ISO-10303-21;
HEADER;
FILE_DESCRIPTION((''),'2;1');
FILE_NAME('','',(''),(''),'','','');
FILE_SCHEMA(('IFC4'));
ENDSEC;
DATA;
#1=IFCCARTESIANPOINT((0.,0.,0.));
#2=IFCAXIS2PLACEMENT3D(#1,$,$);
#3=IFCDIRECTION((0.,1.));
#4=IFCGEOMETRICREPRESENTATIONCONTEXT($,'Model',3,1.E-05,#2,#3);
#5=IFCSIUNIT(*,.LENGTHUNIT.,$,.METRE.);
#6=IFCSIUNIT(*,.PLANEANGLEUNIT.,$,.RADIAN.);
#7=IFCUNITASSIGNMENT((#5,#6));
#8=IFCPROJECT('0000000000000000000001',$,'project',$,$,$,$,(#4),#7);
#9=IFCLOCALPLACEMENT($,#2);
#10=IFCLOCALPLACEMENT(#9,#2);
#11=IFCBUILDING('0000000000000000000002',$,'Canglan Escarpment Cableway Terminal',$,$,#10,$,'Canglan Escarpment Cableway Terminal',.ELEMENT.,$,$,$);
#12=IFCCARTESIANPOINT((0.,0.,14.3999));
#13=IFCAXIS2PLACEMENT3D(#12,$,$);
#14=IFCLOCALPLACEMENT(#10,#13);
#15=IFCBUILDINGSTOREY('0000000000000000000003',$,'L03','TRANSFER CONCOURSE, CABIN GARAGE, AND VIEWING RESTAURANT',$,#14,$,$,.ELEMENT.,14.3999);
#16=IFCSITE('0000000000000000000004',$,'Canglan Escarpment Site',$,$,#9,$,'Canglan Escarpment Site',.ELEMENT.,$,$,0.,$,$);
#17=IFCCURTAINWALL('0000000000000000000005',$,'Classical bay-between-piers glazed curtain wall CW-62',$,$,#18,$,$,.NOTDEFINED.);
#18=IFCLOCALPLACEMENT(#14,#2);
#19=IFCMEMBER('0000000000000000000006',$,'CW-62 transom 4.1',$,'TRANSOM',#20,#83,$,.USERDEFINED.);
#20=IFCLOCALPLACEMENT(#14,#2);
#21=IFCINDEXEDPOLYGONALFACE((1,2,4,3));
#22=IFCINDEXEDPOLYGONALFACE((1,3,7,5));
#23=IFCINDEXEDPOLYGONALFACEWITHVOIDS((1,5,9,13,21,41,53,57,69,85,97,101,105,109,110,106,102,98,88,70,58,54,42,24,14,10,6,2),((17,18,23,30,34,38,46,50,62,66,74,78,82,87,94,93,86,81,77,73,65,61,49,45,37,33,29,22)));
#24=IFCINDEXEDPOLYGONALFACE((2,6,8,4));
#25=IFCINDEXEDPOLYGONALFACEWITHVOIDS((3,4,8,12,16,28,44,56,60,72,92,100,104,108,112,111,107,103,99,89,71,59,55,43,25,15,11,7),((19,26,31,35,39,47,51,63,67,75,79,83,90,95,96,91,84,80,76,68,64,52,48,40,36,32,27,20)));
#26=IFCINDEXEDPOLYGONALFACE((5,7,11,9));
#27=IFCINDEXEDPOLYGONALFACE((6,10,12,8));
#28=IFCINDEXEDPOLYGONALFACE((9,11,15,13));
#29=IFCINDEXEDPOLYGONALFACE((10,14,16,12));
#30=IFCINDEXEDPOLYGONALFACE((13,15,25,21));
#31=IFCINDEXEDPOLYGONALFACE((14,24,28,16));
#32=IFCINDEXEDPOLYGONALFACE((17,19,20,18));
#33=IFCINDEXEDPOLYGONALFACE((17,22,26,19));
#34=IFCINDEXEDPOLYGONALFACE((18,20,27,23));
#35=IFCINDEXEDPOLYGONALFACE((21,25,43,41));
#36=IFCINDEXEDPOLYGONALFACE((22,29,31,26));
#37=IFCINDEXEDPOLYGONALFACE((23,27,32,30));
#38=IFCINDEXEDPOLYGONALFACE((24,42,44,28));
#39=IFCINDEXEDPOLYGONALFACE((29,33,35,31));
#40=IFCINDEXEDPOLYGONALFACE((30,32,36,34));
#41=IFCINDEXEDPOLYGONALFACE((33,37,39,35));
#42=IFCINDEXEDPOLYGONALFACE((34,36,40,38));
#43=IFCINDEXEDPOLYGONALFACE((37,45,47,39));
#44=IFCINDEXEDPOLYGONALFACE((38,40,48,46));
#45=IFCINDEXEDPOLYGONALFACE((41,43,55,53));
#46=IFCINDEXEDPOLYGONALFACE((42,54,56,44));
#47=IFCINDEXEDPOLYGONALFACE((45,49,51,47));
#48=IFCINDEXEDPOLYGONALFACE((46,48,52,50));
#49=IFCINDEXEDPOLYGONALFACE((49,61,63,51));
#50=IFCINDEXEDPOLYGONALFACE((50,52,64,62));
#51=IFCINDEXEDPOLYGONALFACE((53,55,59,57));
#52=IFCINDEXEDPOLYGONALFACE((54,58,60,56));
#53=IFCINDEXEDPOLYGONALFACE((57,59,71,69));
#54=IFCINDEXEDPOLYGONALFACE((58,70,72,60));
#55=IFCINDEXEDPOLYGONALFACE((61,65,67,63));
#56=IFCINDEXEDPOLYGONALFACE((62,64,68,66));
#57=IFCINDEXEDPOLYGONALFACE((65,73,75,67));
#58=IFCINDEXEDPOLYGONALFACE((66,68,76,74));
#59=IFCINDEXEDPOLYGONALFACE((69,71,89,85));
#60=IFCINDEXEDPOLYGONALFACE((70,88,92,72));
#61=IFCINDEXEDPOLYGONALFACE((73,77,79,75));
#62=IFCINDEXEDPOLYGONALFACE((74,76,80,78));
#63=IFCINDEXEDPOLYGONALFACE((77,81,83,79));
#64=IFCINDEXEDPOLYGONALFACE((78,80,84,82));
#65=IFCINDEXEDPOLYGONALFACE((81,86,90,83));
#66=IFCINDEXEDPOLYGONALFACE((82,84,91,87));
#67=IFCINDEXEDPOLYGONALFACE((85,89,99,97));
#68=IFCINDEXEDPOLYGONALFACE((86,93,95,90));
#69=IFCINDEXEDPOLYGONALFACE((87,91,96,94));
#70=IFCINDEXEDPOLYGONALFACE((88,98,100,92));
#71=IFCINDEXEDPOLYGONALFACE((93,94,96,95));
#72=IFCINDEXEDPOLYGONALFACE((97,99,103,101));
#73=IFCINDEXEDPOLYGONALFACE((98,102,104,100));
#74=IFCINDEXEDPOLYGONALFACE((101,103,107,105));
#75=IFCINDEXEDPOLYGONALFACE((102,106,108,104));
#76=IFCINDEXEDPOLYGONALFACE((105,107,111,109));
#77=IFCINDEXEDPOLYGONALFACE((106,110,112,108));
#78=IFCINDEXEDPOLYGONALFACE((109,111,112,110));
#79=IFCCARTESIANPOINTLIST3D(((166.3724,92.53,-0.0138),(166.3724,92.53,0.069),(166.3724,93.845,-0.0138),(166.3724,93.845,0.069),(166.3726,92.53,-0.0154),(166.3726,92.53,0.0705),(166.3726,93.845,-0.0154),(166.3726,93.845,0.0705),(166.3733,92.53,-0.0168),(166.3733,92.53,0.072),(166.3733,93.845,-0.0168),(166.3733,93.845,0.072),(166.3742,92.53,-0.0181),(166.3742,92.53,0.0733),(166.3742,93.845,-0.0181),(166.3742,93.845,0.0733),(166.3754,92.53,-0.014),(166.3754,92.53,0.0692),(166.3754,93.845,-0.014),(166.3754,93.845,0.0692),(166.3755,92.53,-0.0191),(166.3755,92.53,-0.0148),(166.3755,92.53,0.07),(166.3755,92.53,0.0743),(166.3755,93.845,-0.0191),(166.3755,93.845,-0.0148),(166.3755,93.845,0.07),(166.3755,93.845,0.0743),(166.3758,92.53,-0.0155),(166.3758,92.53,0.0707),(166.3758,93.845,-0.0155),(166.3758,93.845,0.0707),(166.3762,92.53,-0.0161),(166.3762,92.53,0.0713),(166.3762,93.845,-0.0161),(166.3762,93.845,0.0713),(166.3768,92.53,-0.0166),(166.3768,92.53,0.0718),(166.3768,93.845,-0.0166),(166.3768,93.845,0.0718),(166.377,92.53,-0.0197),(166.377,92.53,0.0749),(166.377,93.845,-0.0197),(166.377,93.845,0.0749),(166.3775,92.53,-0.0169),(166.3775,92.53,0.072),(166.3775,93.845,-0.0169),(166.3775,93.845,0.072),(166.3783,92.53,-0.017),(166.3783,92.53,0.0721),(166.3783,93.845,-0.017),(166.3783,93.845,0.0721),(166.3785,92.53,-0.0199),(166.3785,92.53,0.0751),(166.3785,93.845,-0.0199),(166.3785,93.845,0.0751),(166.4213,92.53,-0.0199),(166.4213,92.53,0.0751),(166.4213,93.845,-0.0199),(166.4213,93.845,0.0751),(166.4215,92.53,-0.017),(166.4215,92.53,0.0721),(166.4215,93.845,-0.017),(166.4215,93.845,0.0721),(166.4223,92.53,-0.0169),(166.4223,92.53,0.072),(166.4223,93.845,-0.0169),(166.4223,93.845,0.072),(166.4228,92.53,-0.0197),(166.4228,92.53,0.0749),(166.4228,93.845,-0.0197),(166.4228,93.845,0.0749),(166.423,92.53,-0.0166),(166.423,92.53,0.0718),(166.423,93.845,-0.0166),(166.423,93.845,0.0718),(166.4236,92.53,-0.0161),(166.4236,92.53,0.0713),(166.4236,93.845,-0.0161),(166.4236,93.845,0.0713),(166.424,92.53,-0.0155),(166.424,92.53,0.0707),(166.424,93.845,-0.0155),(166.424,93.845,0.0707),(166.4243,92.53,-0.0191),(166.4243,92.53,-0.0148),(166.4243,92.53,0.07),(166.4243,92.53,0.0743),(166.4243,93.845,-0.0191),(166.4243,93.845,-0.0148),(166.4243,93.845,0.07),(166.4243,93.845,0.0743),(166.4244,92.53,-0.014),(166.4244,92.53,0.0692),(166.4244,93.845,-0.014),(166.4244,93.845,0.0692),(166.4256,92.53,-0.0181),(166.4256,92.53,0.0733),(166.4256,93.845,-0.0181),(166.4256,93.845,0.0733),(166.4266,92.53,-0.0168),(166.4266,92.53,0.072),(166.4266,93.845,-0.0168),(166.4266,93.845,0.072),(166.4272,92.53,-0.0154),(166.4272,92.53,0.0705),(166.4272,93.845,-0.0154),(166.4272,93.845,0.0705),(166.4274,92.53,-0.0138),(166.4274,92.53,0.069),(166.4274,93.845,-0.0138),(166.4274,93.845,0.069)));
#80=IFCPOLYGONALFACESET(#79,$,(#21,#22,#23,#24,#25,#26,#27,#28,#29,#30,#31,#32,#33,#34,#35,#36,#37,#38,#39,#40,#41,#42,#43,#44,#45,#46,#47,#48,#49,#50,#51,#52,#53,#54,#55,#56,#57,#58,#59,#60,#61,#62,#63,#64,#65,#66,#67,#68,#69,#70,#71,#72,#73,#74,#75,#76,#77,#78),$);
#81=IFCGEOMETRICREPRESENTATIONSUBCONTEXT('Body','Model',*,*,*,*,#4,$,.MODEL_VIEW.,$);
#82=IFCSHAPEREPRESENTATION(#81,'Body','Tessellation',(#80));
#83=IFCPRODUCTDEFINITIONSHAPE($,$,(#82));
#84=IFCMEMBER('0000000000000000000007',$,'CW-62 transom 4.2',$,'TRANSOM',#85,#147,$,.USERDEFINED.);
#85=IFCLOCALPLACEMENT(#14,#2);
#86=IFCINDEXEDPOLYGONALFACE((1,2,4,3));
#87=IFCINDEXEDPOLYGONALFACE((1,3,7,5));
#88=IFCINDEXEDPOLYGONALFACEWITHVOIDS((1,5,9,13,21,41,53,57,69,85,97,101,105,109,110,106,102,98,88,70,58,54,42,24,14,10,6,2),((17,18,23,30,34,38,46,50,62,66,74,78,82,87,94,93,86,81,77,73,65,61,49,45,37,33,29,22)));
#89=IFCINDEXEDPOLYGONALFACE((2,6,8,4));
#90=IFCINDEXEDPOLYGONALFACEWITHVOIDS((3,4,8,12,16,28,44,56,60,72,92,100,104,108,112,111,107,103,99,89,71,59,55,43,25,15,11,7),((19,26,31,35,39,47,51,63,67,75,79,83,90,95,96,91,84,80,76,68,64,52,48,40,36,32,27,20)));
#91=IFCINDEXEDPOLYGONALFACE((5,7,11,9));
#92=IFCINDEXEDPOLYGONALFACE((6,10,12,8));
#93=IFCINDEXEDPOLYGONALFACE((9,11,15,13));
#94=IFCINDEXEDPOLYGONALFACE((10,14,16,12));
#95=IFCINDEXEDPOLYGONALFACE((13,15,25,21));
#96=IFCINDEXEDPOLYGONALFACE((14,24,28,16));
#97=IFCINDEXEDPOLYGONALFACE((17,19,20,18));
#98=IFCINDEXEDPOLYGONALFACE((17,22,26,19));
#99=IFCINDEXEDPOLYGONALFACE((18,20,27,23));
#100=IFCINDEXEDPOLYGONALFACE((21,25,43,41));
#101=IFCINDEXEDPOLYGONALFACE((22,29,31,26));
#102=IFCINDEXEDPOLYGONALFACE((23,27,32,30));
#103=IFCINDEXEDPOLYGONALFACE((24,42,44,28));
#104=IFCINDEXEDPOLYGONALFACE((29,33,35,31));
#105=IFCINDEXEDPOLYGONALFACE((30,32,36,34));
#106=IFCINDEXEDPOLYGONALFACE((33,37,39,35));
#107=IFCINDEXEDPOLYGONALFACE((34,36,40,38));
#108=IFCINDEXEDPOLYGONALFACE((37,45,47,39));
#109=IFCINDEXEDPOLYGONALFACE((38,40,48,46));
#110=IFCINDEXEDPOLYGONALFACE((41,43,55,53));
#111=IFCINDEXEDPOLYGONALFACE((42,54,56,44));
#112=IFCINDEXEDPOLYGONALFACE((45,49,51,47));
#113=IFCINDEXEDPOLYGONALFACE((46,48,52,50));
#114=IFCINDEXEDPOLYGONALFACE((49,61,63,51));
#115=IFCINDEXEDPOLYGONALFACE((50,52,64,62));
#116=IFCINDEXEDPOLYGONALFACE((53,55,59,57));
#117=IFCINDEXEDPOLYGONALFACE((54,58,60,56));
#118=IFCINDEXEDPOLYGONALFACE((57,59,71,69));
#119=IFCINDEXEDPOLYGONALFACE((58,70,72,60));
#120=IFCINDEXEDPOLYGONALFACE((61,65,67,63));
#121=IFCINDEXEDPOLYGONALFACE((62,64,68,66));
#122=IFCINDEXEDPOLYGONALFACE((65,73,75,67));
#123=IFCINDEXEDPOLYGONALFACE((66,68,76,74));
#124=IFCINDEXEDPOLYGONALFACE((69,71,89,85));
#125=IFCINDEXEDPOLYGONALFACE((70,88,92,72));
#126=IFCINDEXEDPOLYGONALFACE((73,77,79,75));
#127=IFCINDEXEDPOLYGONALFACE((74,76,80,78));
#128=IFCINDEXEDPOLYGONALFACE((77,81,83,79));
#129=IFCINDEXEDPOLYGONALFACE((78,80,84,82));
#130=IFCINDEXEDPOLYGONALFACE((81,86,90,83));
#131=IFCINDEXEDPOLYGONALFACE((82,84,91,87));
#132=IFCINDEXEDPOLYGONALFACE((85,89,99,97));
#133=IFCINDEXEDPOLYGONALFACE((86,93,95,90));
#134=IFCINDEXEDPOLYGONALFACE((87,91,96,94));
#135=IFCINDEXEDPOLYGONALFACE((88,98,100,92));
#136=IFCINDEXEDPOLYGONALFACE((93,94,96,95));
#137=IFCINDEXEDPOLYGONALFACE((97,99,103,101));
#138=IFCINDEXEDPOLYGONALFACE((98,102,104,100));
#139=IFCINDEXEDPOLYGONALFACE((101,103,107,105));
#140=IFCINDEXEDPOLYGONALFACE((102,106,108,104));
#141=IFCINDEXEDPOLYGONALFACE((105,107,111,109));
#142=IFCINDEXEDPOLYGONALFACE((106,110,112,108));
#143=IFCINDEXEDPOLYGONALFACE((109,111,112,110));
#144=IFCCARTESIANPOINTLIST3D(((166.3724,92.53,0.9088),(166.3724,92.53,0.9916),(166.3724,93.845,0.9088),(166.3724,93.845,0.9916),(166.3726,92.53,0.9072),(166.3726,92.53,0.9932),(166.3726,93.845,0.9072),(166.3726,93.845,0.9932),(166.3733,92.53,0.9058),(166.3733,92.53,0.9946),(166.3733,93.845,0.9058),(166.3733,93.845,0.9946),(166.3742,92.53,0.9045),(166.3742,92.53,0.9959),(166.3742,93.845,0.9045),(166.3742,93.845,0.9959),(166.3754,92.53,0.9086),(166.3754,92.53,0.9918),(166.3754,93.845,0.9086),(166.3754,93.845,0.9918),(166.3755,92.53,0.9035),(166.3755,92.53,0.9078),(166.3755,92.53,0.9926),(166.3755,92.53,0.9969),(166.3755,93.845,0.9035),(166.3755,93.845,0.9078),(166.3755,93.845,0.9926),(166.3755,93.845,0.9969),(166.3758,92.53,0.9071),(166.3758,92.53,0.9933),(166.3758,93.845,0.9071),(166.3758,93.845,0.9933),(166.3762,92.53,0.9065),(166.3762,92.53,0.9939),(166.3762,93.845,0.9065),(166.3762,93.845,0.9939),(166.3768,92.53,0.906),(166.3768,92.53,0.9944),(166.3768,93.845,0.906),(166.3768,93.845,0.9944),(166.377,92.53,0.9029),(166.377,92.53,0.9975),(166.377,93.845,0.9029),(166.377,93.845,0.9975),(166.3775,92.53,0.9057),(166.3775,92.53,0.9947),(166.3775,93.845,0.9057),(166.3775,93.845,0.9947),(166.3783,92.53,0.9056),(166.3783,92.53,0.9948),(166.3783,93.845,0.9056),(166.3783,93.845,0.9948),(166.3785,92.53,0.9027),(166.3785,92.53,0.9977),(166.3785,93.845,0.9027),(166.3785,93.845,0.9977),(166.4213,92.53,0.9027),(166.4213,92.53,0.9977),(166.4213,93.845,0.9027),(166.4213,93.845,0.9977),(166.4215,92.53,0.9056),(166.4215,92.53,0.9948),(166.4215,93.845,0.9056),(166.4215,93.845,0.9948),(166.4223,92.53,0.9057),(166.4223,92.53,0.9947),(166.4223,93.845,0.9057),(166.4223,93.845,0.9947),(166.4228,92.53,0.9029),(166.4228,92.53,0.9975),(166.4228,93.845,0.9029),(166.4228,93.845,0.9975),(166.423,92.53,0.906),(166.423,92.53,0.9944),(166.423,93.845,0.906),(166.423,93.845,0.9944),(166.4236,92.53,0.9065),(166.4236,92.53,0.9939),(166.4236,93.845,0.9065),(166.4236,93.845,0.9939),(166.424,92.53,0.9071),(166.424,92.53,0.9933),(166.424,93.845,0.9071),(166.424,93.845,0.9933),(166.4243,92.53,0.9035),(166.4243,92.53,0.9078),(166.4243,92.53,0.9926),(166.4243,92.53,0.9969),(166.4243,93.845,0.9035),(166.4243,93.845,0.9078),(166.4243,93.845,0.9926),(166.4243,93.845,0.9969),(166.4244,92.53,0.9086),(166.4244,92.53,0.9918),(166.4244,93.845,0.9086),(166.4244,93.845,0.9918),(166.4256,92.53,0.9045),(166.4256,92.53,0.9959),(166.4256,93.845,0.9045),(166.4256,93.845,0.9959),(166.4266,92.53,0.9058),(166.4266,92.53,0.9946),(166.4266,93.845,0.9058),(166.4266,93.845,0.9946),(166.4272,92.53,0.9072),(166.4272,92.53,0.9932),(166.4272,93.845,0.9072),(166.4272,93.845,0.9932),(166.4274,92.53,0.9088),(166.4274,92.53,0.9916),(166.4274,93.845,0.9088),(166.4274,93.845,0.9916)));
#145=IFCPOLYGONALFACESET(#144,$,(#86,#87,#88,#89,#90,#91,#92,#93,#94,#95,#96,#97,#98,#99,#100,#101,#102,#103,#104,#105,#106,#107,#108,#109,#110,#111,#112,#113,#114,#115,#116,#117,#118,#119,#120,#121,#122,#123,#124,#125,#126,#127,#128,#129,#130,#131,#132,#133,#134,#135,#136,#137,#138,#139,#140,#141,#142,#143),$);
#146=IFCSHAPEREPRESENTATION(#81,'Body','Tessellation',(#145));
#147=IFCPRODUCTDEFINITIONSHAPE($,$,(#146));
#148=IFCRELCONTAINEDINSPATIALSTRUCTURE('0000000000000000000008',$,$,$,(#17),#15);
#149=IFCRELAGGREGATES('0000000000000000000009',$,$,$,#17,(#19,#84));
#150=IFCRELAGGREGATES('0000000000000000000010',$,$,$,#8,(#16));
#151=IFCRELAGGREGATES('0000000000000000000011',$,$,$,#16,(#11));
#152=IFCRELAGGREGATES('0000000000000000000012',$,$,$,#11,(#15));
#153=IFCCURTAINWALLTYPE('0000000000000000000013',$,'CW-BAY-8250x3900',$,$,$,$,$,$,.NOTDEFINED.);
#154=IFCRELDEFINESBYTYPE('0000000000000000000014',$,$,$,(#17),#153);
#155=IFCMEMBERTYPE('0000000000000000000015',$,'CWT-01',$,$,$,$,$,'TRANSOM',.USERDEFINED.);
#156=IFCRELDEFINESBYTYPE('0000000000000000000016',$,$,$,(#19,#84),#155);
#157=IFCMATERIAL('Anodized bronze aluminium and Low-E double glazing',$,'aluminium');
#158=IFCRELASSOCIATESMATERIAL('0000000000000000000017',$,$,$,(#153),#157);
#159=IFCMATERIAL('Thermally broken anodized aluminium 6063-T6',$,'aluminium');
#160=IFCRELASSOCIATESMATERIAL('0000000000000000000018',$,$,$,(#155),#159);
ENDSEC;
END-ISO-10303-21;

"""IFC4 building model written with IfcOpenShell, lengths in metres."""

from ifc_helpers import new_model, si_unit, direction, frame, origin, origin_2d, place, context, subcontext, project, spatial, hollow_rectangle, extrude, material, material_profile, profile_set, type_object, element, aggregate, save


model = new_model("IFC4")

# Units and contexts
model_context = context("Model", 3, precision=1e-05, world=origin(), true_north=direction((0.0, 1.0)))
body_context = subcontext(model_context, "Body", "Model", "MODEL_VIEW")
ifc_project = project(units=[si_unit("LENGTHUNIT", "METRE"), si_unit("PLANEANGLEUNIT", "RADIAN")], contexts=[model_context])

# Site, building, storey
site_placement = place(None, origin())
site = spatial("IfcSite", under=ifc_project, at=site_placement, Name="Canglan Escarpment Site", LongName="Canglan Escarpment Site", CompositionType="ELEMENT", RefElevation=0.0)
building_placement = place(site_placement, origin())
building = spatial("IfcBuilding", under=site, at=building_placement, Name="Canglan Escarpment Cableway Terminal", LongName="Canglan Escarpment Cableway Terminal", CompositionType="ELEMENT")
storey_placement = place(building_placement, frame((0.0, 0.0, 14.3999)))
storey = spatial("IfcBuildingStorey", under=building, at=storey_placement, Name="L03", Description="TRANSFER CONCOURSE, CABIN GARAGE, AND VIEWING RESTAURANT", CompositionType="ELEMENT", Elevation=14.3999)

# Curtain wall, members
ifc_material_1 = material(Name="Anodized bronze aluminium and Low-E double glazing", Category="aluminium")
curtain_wall_type = type_object("IfcCurtainWallType", Name="CW-BAY-8250x3900", PredefinedType="NOTDEFINED", material=ifc_material_1)
curtain_wall_placement = place(storey_placement, origin())
curtain_wall = element("IfcCurtainWall", 1, at=curtain_wall_placement, inside=storey, type_object=curtain_wall_type, Name="Classical bay-between-piers glazed curtain wall CW-62", PredefinedType="NOTDEFINED")
ifc_material_2 = material(Name="Thermally broken anodized aluminium 6063-T6", Category="aluminium")
ifc_material_profile_1 = material_profile(ifc_material_2, hollow_rectangle(XDim=0.0549, YDim=0.095, WallThickness=0.0029, InnerFilletRadius=0.0029, OuterFilletRadius=0.0061, at=origin_2d()), Name="ALU-TRAN 55x95x3")
ifc_profile_set_1 = profile_set([ifc_material_profile_1], Name="Thermally broken anodized aluminium 6063-T6")
member_type_1 = type_object("IfcMemberType", Name="CWT-01", ElementType="TRANSOM", PredefinedType="USERDEFINED", material=ifc_profile_set_1)
member_1_placement = place(storey_placement, frame((166.3999, 92.53, 0.0276), z_axis=(0.0, 1.0, 0.0), x_axis=(-1.0, 0.0, 0.0)))
member_1 = element("IfcMember", 2, at=member_1_placement, type_object=member_type_1, Name="CW-62 transom 4.1", ObjectType="TRANSOM", PredefinedType="USERDEFINED", context=body_context, shape_type="SweptSolid", body=[
    extrude(hollow_rectangle(XDim=0.0549, YDim=0.095, WallThickness=0.0029, InnerFilletRadius=0.0029, OuterFilletRadius=0.0061, at=origin_2d()), origin(), (0.0, 0.0, 1.0), 1.3149),
])
member_2_placement = place(storey_placement, frame((166.3999, 92.53, 0.9502), z_axis=(0.0, 1.0, 0.0), x_axis=(-1.0, 0.0, 0.0)))
member_2 = element("IfcMember", 3, at=member_2_placement, type_object=member_type_1, Name="CW-62 transom 4.2", ObjectType="TRANSOM", PredefinedType="USERDEFINED", context=body_context, shape_type="SweptSolid", body=[
    extrude(hollow_rectangle(XDim=0.0549, YDim=0.095, WallThickness=0.0029, InnerFilletRadius=0.0029, OuterFilletRadius=0.0061, at=origin_2d()), origin(), (0.0, 0.0, 1.0), 1.3149),
])
aggregate(curtain_wall, [member_1, member_2])

save(model, "model.ifc")
